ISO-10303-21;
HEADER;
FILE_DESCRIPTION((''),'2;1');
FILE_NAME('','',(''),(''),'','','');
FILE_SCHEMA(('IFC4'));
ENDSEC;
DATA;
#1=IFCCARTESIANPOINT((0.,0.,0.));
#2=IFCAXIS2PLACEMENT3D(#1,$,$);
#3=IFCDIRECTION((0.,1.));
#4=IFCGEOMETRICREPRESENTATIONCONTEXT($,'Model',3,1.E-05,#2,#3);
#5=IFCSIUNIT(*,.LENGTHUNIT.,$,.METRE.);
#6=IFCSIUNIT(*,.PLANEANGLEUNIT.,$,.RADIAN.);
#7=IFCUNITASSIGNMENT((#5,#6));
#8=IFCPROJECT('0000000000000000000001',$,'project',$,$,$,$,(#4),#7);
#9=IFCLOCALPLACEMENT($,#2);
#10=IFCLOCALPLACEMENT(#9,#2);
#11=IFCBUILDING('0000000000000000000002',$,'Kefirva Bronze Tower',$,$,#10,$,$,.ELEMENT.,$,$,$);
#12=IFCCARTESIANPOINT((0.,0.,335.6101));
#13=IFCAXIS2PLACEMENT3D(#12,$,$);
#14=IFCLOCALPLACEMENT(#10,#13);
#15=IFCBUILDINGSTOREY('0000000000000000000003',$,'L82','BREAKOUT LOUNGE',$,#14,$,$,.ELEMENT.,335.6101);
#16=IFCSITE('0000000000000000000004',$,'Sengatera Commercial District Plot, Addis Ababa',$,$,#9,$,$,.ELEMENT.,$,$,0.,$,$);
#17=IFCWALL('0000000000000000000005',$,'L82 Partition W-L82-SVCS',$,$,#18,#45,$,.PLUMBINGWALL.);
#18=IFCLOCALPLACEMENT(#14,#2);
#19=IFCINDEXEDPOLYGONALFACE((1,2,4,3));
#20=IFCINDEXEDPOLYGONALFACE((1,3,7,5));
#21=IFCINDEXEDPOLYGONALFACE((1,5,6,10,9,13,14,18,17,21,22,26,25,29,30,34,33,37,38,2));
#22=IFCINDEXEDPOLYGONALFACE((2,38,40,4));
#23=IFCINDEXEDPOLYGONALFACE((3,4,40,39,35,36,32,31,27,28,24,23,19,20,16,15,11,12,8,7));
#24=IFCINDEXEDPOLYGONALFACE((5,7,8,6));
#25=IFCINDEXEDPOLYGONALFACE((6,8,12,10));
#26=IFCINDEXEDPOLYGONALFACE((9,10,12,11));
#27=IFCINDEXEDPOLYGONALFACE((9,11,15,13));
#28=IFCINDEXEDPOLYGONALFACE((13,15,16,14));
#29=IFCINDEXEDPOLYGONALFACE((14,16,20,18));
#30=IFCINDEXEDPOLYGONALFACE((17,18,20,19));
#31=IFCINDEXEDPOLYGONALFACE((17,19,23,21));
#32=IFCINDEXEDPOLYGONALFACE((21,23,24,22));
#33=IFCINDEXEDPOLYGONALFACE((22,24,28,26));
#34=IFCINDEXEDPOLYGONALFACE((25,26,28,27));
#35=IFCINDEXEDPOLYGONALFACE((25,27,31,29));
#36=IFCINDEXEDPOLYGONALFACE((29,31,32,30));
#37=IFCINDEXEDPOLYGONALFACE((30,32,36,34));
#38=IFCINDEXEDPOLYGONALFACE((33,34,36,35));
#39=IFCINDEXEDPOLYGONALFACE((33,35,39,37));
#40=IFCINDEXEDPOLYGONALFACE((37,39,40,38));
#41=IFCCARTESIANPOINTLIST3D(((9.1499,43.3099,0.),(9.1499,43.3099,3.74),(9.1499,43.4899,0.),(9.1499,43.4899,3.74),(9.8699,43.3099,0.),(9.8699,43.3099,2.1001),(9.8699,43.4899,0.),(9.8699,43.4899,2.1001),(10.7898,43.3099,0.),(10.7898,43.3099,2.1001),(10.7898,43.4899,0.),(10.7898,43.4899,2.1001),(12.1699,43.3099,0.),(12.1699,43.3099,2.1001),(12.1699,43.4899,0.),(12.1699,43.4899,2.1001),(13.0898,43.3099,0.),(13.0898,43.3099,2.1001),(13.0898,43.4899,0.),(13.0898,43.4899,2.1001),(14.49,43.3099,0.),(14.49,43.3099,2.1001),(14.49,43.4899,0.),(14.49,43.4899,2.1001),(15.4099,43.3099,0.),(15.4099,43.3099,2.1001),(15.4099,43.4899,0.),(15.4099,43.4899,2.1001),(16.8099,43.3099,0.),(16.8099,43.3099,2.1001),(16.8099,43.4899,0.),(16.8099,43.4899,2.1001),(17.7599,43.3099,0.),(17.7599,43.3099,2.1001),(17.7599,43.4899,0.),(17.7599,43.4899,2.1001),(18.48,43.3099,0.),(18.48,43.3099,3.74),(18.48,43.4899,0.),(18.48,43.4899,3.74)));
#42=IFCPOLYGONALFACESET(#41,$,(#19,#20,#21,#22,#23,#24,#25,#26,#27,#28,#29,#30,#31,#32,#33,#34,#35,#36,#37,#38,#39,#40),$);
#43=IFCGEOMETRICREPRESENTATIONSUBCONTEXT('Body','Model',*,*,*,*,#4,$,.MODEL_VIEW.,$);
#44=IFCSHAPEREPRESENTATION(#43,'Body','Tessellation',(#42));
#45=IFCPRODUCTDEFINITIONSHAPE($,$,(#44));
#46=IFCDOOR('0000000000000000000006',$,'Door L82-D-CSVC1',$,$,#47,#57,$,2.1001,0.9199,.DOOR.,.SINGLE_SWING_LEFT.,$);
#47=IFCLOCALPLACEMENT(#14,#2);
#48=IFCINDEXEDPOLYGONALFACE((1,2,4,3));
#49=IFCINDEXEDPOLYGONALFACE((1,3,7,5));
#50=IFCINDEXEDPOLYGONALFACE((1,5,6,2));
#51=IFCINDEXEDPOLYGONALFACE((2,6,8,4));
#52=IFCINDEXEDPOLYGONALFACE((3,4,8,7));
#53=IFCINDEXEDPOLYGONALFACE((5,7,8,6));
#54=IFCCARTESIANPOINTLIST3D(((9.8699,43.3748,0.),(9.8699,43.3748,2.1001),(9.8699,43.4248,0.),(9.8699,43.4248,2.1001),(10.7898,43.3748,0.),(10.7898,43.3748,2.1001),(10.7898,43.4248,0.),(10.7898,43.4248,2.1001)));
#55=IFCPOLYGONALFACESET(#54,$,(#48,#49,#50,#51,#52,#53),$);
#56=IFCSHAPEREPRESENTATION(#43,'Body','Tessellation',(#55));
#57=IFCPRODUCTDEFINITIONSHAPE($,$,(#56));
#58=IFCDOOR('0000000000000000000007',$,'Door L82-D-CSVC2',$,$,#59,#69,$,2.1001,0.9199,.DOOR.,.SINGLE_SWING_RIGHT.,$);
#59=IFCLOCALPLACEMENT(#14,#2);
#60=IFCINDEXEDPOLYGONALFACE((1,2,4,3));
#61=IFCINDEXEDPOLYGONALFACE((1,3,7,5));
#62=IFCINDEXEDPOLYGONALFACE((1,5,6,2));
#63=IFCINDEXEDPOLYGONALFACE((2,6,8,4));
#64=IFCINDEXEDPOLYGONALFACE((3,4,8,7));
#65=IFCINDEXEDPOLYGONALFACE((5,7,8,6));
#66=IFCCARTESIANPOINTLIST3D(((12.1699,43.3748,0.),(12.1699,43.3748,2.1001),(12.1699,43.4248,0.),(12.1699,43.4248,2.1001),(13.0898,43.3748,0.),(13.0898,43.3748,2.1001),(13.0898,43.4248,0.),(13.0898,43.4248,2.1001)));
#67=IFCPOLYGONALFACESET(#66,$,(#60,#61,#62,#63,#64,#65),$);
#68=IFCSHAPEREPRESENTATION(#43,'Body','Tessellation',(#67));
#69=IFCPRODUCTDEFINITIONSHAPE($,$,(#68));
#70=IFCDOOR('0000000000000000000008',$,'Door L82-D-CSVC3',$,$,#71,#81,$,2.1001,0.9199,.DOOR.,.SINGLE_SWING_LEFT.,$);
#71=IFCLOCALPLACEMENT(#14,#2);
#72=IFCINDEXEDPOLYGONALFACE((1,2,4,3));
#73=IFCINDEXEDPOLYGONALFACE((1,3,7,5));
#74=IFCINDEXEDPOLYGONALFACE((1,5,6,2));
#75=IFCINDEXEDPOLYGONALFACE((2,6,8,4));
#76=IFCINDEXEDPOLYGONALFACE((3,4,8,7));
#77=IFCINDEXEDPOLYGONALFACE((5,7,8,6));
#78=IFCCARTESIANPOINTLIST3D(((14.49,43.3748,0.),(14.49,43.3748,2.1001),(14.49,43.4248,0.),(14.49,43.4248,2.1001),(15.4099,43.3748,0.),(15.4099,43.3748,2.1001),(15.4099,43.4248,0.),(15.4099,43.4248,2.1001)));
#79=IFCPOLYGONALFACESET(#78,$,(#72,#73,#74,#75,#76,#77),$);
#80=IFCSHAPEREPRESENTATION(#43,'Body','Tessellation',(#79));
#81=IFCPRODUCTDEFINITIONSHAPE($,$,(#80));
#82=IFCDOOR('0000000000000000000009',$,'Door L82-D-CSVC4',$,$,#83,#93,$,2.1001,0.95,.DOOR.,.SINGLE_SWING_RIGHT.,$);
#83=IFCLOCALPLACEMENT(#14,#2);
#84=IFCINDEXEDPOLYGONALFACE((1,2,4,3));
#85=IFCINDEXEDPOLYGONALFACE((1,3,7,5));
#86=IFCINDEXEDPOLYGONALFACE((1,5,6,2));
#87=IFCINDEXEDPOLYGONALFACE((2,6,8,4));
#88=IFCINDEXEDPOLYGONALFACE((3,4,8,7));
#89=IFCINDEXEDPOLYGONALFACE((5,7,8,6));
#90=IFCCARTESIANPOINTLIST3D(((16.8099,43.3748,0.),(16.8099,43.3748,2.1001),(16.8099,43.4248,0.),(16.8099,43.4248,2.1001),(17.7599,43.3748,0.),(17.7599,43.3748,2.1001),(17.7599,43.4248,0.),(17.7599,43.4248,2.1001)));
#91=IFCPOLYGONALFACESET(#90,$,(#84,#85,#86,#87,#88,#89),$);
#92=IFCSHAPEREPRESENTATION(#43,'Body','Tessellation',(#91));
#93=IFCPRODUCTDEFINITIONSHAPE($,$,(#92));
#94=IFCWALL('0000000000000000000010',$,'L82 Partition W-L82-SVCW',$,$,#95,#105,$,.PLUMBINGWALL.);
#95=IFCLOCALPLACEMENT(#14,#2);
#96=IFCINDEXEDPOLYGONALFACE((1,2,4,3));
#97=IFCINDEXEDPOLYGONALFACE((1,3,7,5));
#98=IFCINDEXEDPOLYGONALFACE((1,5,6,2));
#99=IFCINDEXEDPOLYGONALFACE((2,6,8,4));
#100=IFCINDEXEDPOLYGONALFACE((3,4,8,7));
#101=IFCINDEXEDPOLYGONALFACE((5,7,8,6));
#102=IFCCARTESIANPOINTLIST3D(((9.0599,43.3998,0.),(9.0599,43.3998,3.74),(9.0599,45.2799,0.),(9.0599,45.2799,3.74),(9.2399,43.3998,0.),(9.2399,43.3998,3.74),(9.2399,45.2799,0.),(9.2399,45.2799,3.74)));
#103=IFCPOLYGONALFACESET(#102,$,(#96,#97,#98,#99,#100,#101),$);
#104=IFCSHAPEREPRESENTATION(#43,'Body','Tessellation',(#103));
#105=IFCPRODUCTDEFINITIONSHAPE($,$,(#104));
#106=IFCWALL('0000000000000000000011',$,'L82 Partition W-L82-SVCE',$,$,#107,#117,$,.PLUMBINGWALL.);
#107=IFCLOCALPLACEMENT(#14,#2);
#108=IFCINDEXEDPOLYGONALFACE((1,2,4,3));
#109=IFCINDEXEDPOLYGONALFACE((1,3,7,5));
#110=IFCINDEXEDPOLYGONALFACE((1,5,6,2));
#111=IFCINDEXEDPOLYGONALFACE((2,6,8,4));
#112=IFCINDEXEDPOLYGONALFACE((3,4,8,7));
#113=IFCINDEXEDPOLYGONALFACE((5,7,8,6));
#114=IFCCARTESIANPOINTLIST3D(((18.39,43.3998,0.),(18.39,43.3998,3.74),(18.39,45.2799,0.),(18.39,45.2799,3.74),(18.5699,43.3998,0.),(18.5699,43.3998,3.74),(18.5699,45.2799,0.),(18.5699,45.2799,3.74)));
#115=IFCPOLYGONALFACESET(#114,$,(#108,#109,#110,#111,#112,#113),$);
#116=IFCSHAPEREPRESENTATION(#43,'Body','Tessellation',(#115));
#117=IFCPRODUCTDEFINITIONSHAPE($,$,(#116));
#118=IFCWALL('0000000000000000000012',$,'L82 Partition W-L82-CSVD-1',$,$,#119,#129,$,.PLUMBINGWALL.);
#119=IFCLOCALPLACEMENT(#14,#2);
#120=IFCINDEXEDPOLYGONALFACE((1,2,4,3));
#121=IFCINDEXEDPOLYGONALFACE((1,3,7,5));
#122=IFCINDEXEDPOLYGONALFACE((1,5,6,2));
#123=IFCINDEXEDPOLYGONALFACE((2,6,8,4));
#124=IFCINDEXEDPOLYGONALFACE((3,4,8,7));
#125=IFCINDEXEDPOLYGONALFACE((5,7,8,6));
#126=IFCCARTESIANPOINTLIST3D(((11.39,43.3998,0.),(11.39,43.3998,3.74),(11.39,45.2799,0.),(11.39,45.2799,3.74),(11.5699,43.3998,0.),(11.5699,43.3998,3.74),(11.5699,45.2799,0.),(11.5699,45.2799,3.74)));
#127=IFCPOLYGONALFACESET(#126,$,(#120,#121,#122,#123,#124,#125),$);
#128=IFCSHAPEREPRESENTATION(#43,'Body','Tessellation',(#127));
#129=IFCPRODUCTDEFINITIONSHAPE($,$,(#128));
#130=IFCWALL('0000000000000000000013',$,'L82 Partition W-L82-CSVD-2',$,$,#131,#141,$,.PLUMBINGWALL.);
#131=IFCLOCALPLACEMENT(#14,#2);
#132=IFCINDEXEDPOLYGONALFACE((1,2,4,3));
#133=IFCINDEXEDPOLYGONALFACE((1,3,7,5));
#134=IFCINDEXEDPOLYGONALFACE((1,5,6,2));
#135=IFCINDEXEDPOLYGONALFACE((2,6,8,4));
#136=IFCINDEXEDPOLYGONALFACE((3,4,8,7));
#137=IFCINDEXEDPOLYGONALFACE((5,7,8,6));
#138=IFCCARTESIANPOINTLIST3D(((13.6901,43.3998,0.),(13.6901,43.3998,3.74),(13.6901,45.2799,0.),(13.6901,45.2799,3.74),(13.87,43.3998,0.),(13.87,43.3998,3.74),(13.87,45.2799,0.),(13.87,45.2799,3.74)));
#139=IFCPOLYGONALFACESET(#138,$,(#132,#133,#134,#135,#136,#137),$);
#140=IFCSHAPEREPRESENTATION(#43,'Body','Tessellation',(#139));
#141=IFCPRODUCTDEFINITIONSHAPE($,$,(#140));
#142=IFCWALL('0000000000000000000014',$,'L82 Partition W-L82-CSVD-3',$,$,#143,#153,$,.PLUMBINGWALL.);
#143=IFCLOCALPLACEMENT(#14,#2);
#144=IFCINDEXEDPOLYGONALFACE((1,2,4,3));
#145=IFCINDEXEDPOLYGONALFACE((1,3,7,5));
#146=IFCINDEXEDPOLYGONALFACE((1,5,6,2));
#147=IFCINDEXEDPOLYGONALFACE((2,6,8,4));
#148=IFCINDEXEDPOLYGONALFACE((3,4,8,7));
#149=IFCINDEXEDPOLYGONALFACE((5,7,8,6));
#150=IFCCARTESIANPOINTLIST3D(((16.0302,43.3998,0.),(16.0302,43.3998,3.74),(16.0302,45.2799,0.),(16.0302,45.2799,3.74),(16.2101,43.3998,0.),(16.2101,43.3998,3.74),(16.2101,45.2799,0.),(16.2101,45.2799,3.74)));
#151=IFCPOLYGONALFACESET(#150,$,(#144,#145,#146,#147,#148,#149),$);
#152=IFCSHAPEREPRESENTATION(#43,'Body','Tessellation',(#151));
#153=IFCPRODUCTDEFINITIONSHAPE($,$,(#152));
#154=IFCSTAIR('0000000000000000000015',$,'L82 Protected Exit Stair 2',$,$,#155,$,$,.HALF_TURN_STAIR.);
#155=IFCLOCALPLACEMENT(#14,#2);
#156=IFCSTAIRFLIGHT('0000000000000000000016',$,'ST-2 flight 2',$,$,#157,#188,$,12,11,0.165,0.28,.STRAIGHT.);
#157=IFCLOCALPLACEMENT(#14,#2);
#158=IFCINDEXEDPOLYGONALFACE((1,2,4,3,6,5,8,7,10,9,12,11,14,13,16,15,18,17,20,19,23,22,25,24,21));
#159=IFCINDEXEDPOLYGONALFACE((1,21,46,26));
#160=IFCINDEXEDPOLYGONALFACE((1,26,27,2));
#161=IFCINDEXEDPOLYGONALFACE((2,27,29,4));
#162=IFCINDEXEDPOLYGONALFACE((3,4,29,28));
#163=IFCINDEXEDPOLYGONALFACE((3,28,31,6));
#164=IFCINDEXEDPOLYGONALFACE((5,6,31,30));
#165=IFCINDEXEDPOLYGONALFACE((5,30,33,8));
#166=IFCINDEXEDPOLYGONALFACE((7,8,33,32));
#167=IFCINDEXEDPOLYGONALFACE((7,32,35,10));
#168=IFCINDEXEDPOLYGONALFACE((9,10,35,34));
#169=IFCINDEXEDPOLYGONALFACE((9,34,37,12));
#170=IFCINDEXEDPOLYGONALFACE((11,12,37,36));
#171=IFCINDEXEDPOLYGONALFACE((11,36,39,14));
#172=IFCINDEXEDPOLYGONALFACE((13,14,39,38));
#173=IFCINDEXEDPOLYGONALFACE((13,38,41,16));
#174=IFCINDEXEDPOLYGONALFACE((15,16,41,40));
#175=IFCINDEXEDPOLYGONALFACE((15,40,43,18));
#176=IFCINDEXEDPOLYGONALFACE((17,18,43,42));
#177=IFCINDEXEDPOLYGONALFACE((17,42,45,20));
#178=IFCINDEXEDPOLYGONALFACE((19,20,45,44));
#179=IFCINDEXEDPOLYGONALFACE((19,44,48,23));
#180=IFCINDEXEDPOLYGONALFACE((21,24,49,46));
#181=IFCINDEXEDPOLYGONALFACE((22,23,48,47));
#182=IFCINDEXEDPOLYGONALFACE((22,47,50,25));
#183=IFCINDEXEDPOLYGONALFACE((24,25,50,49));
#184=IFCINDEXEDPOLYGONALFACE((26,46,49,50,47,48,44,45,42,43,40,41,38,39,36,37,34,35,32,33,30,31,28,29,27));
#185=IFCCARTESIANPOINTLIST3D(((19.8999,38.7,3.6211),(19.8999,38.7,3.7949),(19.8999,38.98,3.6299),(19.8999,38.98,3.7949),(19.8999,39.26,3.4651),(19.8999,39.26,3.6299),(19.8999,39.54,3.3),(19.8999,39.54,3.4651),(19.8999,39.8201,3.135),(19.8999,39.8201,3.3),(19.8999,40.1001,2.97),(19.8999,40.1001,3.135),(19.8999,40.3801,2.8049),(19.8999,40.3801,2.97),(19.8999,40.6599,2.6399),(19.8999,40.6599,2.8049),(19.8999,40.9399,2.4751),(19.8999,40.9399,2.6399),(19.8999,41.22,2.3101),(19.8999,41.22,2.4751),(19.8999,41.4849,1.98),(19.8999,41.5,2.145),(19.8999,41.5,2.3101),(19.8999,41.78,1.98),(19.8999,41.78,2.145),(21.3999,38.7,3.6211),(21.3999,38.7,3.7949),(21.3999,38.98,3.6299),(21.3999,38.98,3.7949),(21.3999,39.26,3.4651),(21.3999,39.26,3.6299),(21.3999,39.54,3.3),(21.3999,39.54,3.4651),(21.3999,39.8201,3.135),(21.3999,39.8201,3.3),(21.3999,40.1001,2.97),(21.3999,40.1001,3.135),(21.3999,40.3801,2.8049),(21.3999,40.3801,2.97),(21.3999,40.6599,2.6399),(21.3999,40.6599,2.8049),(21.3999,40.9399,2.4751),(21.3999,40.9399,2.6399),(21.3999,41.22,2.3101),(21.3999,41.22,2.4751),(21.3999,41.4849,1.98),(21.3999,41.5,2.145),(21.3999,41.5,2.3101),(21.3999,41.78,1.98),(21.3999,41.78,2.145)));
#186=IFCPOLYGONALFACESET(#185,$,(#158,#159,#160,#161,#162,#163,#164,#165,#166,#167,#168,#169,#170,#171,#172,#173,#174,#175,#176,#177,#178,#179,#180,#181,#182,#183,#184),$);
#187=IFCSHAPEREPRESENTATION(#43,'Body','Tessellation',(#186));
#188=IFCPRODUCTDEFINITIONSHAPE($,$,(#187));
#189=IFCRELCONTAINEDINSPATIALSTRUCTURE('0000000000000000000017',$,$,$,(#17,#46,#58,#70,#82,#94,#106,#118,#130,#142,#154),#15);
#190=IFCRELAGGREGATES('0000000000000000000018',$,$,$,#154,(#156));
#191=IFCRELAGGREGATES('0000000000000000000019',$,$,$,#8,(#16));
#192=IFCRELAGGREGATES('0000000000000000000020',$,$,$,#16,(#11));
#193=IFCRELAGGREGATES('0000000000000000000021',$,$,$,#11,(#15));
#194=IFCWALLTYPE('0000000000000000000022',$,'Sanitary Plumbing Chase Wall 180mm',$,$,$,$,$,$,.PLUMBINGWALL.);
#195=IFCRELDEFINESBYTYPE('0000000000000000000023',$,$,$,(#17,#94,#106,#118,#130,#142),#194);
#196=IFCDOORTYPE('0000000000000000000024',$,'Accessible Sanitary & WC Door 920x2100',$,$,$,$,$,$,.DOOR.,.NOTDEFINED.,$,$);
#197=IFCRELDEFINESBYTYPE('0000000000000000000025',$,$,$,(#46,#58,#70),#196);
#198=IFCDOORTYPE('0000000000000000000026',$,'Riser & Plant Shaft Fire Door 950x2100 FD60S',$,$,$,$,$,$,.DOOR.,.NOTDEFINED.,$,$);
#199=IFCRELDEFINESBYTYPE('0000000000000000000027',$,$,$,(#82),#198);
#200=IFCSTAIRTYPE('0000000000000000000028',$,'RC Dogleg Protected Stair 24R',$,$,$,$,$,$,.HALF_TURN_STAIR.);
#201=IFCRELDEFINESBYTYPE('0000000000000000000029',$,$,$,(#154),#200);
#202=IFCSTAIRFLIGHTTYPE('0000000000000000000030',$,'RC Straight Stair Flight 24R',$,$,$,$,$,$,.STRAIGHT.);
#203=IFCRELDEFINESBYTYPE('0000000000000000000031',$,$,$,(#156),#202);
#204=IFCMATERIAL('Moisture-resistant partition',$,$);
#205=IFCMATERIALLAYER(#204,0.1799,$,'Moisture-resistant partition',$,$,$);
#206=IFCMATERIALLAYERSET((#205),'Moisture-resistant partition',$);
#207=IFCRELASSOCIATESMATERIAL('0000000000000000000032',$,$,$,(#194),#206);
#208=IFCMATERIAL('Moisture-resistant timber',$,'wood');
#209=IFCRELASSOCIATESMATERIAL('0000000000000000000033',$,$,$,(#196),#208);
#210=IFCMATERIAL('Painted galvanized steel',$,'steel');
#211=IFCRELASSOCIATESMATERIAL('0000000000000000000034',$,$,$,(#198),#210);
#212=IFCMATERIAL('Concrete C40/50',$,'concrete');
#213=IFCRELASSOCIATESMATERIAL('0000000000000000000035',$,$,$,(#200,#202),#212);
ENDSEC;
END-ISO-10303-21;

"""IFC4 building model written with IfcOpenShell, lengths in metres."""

from ifc_helpers import new_model, si_unit, direction, frame, frame_2d, origin, place, context, subcontext, project, spatial, polyline, rectangle, outline, extrude, material, layer, layer_set, type_object, element, fill, aggregate, save


model = new_model("IFC4")

# Units and contexts
model_context = context("Model", 3, precision=1e-05, world=origin(), true_north=direction((0.0, 1.0)))
body_context = subcontext(model_context, "Body", "Model", "MODEL_VIEW")
ifc_project = project(units=[si_unit("LENGTHUNIT", "METRE"), si_unit("PLANEANGLEUNIT", "RADIAN")], contexts=[model_context])

# Site, building, storey
site_placement = place(None, origin())
site = spatial("IfcSite", under=ifc_project, at=site_placement, Name="Sengatera Commercial District Plot, Addis Ababa", CompositionType="ELEMENT", RefElevation=0.0)
building_placement = place(site_placement, origin())
building = spatial("IfcBuilding", under=site, at=building_placement, Name="Kefirva Bronze Tower", CompositionType="ELEMENT")
storey_placement = place(building_placement, frame((0.0, 0.0, 335.6101)))
storey = spatial("IfcBuildingStorey", under=building, at=storey_placement, Name="L82", Description="BREAKOUT LOUNGE", CompositionType="ELEMENT", Elevation=335.6101)

# Wall, openings, doors
ifc_material_1 = material(Name="Moisture-resistant partition")
ifc_layer_1 = layer(ifc_material_1, 0.1799, Name="Moisture-resistant partition")
ifc_layer_set_1 = layer_set([ifc_layer_1], Name="Moisture-resistant partition")
wall_type_1 = type_object("IfcWallType", Name="Sanitary Plumbing Chase Wall 180mm", PredefinedType="PLUMBINGWALL", material=ifc_layer_set_1)
wall_1_placement = place(storey_placement, frame((9.1499, 43.3999, 0.0), z_axis=(0.0, 0.0, 1.0), x_axis=(1.0, 0.0, 0.0)))
wall_1 = element("IfcWall", 1, at=wall_1_placement, inside=storey, type_object=wall_type_1, Name="L82 Partition W-L82-SVCS", PredefinedType="PLUMBINGWALL", context=body_context, shape_type="SweptSolid", body=[
    extrude(rectangle(XDim=9.3301, YDim=0.1799, at=frame_2d((4.665, 0.0))), origin(), (0.0, 0.0, 1.0), 3.74),
])
opening_1_placement = place(wall_1_placement, frame((0.72, 0.0, 0.0)))
opening_1 = element("IfcOpeningElement", 2, at=opening_1_placement, cuts=wall_1, PredefinedType="OPENING", context=body_context, shape_type="SweptSolid", body=[
    extrude(rectangle(XDim=0.9199, YDim=2.1001, at=frame_2d((0.46, 1.05))), frame((0.0, 0.1001, 0.0), z_axis=(0.0, -1.0, 0.0), x_axis=(1.0, 0.0, 0.0)), (0.0, 0.0, 1.0), 0.2),
])
opening_2_placement = place(wall_1_placement, frame((3.02, 0.0, 0.0)))
opening_2 = element("IfcOpeningElement", 3, at=opening_2_placement, cuts=wall_1, PredefinedType="OPENING", context=body_context, shape_type="SweptSolid", body=[
    extrude(rectangle(XDim=0.9199, YDim=2.1001, at=frame_2d((0.46, 1.05))), frame((0.0, 0.1001, 0.0), z_axis=(0.0, -1.0, 0.0), x_axis=(1.0, 0.0, 0.0)), (0.0, 0.0, 1.0), 0.2),
])
opening_3_placement = place(wall_1_placement, frame((5.3401, 0.0, 0.0)))
opening_3 = element("IfcOpeningElement", 4, at=opening_3_placement, cuts=wall_1, PredefinedType="OPENING", context=body_context, shape_type="SweptSolid", body=[
    extrude(rectangle(XDim=0.9199, YDim=2.1001, at=frame_2d((0.46, 1.05))), frame((0.0, 0.1001, 0.0), z_axis=(0.0, -1.0, 0.0), x_axis=(1.0, 0.0, 0.0)), (0.0, 0.0, 1.0), 0.2),
])
opening_4_placement = place(wall_1_placement, frame((7.6599, 0.0, 0.0)))
opening_4 = element("IfcOpeningElement", 5, at=opening_4_placement, cuts=wall_1, PredefinedType="OPENING", context=body_context, shape_type="SweptSolid", body=[
    extrude(rectangle(XDim=0.95, YDim=2.1001, at=frame_2d((0.4751, 1.05))), frame((0.0, 0.1001, 0.0), z_axis=(0.0, -1.0, 0.0), x_axis=(1.0, 0.0, 0.0)), (0.0, 0.0, 1.0), 0.2),
])
ifc_material_2 = material(Name="Moisture-resistant timber", Category="wood")
door_type_1 = type_object("IfcDoorType", Name="Accessible Sanitary & WC Door 920x2100", OperationType="NOTDEFINED", PredefinedType="DOOR", material=ifc_material_2)
door_1_placement = place(opening_1_placement, origin())
door_1 = element("IfcDoor", 6, at=door_1_placement, inside=storey, type_object=door_type_1, Name="Door L82-D-CSVC1", OperationType="SINGLE_SWING_LEFT", OverallHeight=2.1001, OverallWidth=0.9199, PredefinedType="DOOR", context=body_context, shape_type="SweptSolid", body=[
    extrude(rectangle(XDim=0.9199, YDim=2.1001, at=frame_2d((0.46, 1.05))), frame((0.0, 0.0249, 0.0), z_axis=(0.0, -1.0, 0.0), x_axis=(1.0, 0.0, 0.0)), (0.0, 0.0, 1.0), 0.05),
])
fill(opening_1, door_1)
door_2_placement = place(opening_2_placement, origin())
door_2 = element("IfcDoor", 7, at=door_2_placement, inside=storey, type_object=door_type_1, Name="Door L82-D-CSVC2", OperationType="SINGLE_SWING_RIGHT", OverallHeight=2.1001, OverallWidth=0.9199, PredefinedType="DOOR", context=body_context, shape_type="SweptSolid", body=[
    extrude(rectangle(XDim=0.9199, YDim=2.1001, at=frame_2d((0.46, 1.05))), frame((0.0, 0.0249, 0.0), z_axis=(0.0, -1.0, 0.0), x_axis=(1.0, 0.0, 0.0)), (0.0, 0.0, 1.0), 0.05),
])
fill(opening_2, door_2)
door_3_placement = place(opening_3_placement, origin())
door_3 = element("IfcDoor", 8, at=door_3_placement, inside=storey, type_object=door_type_1, Name="Door L82-D-CSVC3", OperationType="SINGLE_SWING_LEFT", OverallHeight=2.1001, OverallWidth=0.9199, PredefinedType="DOOR", context=body_context, shape_type="SweptSolid", body=[
    extrude(rectangle(XDim=0.9199, YDim=2.1001, at=frame_2d((0.46, 1.05))), frame((0.0, 0.0249, 0.0), z_axis=(0.0, -1.0, 0.0), x_axis=(1.0, 0.0, 0.0)), (0.0, 0.0, 1.0), 0.05),
])
fill(opening_3, door_3)
ifc_material_3 = material(Name="Painted galvanized steel", Category="steel")
door_type_2 = type_object("IfcDoorType", Name="Riser & Plant Shaft Fire Door 950x2100 FD60S", OperationType="NOTDEFINED", PredefinedType="DOOR", material=ifc_material_3)
door_4_placement = place(opening_4_placement, origin())
door_4 = element("IfcDoor", 9, at=door_4_placement, inside=storey, type_object=door_type_2, Name="Door L82-D-CSVC4", OperationType="SINGLE_SWING_RIGHT", OverallHeight=2.1001, OverallWidth=0.95, PredefinedType="DOOR", context=body_context, shape_type="SweptSolid", body=[
    extrude(rectangle(XDim=0.95, YDim=2.1001, at=frame_2d((0.4751, 1.05))), frame((0.0, 0.0249, 0.0), z_axis=(0.0, -1.0, 0.0), x_axis=(1.0, 0.0, 0.0)), (0.0, 0.0, 1.0), 0.05),
])
fill(opening_4, door_4)

# Walls
for number, where, z_axis, x_axis, name in (
    (10, (9.1499, 43.3999, 0.0), (0.0, 0.0, 1.0), (0.0, 1.0, 0.0), "L82 Partition W-L82-SVCW"),
    (11, (18.48, 43.3999, 0.0), (0.0, 0.0, 1.0), (0.0, 1.0, 0.0), "L82 Partition W-L82-SVCE"),
    (12, (11.48, 43.3999, 0.0), (0.0, 0.0, 1.0), (0.0, 1.0, 0.0), "L82 Partition W-L82-CSVD-1"),
    (13, (13.78, 43.3999, 0.0), (0.0, 0.0, 1.0), (0.0, 1.0, 0.0), "L82 Partition W-L82-CSVD-2"),
    (14, (16.1201, 43.3999, 0.0), (0.0, 0.0, 1.0), (0.0, 1.0, 0.0), "L82 Partition W-L82-CSVD-3"),
):
    element("IfcWall", number, at=place(storey_placement, frame(where, z_axis=z_axis, x_axis=x_axis)), inside=storey, type_object=wall_type_1, Name=name, PredefinedType="PLUMBINGWALL", context=body_context, shape_type="SweptSolid", body=[
        extrude(rectangle(XDim=1.8801, YDim=0.1799, at=frame_2d((0.9399, 0.0))), origin(), (0.0, 0.0, 1.0), 3.74),
    ])

# Stair, stair flight
ifc_material_4 = material(Name="Concrete C40/50", Category="concrete")
stair_type = type_object("IfcStairType", Name="RC Dogleg Protected Stair 24R", PredefinedType="HALF_TURN_STAIR", material=ifc_material_4)
stair_placement = place(storey_placement, origin())
stair = element("IfcStair", 15, at=stair_placement, inside=storey, type_object=stair_type, Name="L82 Protected Exit Stair 2", PredefinedType="HALF_TURN_STAIR")
stair_flight_type = type_object("IfcStairFlightType", Name="RC Straight Stair Flight 24R", PredefinedType="STRAIGHT", material=ifc_material_4)
stair_flight_placement = place(storey_placement, frame((20.6499, 41.78, 1.98), z_axis=(0.0, 0.0, 1.0), x_axis=(0.0, -1.0, 0.0)))
stair_flight = element("IfcStairFlight", 16, at=stair_flight_placement, type_object=stair_flight_type, Name="ST-2 flight 2", NumberOfRisers=12, NumberOfTreads=11, PredefinedType="STRAIGHT", RiserHeight=0.165, TreadLength=0.28, context=body_context, shape_type="SweptSolid", body=[
    extrude(outline(polyline([(0.0, 0.0), (0.0, 0.165), (0.28, 0.165), (0.28, 0.3301), (0.5601, 0.3301), (0.5601, 0.4951), (0.8401, 0.4951), (0.8401, 0.6599), (1.1201, 0.6599), (1.1201, 0.825), (1.3999, 0.825), (1.3999, 0.99), (1.6799, 0.99), (1.6799, 1.155), (1.96, 1.155), (1.96, 1.3201), (2.24, 1.3201), (2.24, 1.4851), (2.52, 1.4851), (2.52, 1.6499), (2.8, 1.6499), (2.8, 1.8149), (3.0801, 1.8149), (3.0801, 1.98), (3.0801, 1.6411), (0.2952, 0.0), (0.0, 0.0)])), frame((0.0, 0.75, 0.0), z_axis=(0.0, -1.0, 0.0), x_axis=(1.0, 0.0, 0.0)), (0.0, 0.0, 1.0), 1.5),
])
aggregate(stair, [stair_flight])

save(model, "model.ifc")
